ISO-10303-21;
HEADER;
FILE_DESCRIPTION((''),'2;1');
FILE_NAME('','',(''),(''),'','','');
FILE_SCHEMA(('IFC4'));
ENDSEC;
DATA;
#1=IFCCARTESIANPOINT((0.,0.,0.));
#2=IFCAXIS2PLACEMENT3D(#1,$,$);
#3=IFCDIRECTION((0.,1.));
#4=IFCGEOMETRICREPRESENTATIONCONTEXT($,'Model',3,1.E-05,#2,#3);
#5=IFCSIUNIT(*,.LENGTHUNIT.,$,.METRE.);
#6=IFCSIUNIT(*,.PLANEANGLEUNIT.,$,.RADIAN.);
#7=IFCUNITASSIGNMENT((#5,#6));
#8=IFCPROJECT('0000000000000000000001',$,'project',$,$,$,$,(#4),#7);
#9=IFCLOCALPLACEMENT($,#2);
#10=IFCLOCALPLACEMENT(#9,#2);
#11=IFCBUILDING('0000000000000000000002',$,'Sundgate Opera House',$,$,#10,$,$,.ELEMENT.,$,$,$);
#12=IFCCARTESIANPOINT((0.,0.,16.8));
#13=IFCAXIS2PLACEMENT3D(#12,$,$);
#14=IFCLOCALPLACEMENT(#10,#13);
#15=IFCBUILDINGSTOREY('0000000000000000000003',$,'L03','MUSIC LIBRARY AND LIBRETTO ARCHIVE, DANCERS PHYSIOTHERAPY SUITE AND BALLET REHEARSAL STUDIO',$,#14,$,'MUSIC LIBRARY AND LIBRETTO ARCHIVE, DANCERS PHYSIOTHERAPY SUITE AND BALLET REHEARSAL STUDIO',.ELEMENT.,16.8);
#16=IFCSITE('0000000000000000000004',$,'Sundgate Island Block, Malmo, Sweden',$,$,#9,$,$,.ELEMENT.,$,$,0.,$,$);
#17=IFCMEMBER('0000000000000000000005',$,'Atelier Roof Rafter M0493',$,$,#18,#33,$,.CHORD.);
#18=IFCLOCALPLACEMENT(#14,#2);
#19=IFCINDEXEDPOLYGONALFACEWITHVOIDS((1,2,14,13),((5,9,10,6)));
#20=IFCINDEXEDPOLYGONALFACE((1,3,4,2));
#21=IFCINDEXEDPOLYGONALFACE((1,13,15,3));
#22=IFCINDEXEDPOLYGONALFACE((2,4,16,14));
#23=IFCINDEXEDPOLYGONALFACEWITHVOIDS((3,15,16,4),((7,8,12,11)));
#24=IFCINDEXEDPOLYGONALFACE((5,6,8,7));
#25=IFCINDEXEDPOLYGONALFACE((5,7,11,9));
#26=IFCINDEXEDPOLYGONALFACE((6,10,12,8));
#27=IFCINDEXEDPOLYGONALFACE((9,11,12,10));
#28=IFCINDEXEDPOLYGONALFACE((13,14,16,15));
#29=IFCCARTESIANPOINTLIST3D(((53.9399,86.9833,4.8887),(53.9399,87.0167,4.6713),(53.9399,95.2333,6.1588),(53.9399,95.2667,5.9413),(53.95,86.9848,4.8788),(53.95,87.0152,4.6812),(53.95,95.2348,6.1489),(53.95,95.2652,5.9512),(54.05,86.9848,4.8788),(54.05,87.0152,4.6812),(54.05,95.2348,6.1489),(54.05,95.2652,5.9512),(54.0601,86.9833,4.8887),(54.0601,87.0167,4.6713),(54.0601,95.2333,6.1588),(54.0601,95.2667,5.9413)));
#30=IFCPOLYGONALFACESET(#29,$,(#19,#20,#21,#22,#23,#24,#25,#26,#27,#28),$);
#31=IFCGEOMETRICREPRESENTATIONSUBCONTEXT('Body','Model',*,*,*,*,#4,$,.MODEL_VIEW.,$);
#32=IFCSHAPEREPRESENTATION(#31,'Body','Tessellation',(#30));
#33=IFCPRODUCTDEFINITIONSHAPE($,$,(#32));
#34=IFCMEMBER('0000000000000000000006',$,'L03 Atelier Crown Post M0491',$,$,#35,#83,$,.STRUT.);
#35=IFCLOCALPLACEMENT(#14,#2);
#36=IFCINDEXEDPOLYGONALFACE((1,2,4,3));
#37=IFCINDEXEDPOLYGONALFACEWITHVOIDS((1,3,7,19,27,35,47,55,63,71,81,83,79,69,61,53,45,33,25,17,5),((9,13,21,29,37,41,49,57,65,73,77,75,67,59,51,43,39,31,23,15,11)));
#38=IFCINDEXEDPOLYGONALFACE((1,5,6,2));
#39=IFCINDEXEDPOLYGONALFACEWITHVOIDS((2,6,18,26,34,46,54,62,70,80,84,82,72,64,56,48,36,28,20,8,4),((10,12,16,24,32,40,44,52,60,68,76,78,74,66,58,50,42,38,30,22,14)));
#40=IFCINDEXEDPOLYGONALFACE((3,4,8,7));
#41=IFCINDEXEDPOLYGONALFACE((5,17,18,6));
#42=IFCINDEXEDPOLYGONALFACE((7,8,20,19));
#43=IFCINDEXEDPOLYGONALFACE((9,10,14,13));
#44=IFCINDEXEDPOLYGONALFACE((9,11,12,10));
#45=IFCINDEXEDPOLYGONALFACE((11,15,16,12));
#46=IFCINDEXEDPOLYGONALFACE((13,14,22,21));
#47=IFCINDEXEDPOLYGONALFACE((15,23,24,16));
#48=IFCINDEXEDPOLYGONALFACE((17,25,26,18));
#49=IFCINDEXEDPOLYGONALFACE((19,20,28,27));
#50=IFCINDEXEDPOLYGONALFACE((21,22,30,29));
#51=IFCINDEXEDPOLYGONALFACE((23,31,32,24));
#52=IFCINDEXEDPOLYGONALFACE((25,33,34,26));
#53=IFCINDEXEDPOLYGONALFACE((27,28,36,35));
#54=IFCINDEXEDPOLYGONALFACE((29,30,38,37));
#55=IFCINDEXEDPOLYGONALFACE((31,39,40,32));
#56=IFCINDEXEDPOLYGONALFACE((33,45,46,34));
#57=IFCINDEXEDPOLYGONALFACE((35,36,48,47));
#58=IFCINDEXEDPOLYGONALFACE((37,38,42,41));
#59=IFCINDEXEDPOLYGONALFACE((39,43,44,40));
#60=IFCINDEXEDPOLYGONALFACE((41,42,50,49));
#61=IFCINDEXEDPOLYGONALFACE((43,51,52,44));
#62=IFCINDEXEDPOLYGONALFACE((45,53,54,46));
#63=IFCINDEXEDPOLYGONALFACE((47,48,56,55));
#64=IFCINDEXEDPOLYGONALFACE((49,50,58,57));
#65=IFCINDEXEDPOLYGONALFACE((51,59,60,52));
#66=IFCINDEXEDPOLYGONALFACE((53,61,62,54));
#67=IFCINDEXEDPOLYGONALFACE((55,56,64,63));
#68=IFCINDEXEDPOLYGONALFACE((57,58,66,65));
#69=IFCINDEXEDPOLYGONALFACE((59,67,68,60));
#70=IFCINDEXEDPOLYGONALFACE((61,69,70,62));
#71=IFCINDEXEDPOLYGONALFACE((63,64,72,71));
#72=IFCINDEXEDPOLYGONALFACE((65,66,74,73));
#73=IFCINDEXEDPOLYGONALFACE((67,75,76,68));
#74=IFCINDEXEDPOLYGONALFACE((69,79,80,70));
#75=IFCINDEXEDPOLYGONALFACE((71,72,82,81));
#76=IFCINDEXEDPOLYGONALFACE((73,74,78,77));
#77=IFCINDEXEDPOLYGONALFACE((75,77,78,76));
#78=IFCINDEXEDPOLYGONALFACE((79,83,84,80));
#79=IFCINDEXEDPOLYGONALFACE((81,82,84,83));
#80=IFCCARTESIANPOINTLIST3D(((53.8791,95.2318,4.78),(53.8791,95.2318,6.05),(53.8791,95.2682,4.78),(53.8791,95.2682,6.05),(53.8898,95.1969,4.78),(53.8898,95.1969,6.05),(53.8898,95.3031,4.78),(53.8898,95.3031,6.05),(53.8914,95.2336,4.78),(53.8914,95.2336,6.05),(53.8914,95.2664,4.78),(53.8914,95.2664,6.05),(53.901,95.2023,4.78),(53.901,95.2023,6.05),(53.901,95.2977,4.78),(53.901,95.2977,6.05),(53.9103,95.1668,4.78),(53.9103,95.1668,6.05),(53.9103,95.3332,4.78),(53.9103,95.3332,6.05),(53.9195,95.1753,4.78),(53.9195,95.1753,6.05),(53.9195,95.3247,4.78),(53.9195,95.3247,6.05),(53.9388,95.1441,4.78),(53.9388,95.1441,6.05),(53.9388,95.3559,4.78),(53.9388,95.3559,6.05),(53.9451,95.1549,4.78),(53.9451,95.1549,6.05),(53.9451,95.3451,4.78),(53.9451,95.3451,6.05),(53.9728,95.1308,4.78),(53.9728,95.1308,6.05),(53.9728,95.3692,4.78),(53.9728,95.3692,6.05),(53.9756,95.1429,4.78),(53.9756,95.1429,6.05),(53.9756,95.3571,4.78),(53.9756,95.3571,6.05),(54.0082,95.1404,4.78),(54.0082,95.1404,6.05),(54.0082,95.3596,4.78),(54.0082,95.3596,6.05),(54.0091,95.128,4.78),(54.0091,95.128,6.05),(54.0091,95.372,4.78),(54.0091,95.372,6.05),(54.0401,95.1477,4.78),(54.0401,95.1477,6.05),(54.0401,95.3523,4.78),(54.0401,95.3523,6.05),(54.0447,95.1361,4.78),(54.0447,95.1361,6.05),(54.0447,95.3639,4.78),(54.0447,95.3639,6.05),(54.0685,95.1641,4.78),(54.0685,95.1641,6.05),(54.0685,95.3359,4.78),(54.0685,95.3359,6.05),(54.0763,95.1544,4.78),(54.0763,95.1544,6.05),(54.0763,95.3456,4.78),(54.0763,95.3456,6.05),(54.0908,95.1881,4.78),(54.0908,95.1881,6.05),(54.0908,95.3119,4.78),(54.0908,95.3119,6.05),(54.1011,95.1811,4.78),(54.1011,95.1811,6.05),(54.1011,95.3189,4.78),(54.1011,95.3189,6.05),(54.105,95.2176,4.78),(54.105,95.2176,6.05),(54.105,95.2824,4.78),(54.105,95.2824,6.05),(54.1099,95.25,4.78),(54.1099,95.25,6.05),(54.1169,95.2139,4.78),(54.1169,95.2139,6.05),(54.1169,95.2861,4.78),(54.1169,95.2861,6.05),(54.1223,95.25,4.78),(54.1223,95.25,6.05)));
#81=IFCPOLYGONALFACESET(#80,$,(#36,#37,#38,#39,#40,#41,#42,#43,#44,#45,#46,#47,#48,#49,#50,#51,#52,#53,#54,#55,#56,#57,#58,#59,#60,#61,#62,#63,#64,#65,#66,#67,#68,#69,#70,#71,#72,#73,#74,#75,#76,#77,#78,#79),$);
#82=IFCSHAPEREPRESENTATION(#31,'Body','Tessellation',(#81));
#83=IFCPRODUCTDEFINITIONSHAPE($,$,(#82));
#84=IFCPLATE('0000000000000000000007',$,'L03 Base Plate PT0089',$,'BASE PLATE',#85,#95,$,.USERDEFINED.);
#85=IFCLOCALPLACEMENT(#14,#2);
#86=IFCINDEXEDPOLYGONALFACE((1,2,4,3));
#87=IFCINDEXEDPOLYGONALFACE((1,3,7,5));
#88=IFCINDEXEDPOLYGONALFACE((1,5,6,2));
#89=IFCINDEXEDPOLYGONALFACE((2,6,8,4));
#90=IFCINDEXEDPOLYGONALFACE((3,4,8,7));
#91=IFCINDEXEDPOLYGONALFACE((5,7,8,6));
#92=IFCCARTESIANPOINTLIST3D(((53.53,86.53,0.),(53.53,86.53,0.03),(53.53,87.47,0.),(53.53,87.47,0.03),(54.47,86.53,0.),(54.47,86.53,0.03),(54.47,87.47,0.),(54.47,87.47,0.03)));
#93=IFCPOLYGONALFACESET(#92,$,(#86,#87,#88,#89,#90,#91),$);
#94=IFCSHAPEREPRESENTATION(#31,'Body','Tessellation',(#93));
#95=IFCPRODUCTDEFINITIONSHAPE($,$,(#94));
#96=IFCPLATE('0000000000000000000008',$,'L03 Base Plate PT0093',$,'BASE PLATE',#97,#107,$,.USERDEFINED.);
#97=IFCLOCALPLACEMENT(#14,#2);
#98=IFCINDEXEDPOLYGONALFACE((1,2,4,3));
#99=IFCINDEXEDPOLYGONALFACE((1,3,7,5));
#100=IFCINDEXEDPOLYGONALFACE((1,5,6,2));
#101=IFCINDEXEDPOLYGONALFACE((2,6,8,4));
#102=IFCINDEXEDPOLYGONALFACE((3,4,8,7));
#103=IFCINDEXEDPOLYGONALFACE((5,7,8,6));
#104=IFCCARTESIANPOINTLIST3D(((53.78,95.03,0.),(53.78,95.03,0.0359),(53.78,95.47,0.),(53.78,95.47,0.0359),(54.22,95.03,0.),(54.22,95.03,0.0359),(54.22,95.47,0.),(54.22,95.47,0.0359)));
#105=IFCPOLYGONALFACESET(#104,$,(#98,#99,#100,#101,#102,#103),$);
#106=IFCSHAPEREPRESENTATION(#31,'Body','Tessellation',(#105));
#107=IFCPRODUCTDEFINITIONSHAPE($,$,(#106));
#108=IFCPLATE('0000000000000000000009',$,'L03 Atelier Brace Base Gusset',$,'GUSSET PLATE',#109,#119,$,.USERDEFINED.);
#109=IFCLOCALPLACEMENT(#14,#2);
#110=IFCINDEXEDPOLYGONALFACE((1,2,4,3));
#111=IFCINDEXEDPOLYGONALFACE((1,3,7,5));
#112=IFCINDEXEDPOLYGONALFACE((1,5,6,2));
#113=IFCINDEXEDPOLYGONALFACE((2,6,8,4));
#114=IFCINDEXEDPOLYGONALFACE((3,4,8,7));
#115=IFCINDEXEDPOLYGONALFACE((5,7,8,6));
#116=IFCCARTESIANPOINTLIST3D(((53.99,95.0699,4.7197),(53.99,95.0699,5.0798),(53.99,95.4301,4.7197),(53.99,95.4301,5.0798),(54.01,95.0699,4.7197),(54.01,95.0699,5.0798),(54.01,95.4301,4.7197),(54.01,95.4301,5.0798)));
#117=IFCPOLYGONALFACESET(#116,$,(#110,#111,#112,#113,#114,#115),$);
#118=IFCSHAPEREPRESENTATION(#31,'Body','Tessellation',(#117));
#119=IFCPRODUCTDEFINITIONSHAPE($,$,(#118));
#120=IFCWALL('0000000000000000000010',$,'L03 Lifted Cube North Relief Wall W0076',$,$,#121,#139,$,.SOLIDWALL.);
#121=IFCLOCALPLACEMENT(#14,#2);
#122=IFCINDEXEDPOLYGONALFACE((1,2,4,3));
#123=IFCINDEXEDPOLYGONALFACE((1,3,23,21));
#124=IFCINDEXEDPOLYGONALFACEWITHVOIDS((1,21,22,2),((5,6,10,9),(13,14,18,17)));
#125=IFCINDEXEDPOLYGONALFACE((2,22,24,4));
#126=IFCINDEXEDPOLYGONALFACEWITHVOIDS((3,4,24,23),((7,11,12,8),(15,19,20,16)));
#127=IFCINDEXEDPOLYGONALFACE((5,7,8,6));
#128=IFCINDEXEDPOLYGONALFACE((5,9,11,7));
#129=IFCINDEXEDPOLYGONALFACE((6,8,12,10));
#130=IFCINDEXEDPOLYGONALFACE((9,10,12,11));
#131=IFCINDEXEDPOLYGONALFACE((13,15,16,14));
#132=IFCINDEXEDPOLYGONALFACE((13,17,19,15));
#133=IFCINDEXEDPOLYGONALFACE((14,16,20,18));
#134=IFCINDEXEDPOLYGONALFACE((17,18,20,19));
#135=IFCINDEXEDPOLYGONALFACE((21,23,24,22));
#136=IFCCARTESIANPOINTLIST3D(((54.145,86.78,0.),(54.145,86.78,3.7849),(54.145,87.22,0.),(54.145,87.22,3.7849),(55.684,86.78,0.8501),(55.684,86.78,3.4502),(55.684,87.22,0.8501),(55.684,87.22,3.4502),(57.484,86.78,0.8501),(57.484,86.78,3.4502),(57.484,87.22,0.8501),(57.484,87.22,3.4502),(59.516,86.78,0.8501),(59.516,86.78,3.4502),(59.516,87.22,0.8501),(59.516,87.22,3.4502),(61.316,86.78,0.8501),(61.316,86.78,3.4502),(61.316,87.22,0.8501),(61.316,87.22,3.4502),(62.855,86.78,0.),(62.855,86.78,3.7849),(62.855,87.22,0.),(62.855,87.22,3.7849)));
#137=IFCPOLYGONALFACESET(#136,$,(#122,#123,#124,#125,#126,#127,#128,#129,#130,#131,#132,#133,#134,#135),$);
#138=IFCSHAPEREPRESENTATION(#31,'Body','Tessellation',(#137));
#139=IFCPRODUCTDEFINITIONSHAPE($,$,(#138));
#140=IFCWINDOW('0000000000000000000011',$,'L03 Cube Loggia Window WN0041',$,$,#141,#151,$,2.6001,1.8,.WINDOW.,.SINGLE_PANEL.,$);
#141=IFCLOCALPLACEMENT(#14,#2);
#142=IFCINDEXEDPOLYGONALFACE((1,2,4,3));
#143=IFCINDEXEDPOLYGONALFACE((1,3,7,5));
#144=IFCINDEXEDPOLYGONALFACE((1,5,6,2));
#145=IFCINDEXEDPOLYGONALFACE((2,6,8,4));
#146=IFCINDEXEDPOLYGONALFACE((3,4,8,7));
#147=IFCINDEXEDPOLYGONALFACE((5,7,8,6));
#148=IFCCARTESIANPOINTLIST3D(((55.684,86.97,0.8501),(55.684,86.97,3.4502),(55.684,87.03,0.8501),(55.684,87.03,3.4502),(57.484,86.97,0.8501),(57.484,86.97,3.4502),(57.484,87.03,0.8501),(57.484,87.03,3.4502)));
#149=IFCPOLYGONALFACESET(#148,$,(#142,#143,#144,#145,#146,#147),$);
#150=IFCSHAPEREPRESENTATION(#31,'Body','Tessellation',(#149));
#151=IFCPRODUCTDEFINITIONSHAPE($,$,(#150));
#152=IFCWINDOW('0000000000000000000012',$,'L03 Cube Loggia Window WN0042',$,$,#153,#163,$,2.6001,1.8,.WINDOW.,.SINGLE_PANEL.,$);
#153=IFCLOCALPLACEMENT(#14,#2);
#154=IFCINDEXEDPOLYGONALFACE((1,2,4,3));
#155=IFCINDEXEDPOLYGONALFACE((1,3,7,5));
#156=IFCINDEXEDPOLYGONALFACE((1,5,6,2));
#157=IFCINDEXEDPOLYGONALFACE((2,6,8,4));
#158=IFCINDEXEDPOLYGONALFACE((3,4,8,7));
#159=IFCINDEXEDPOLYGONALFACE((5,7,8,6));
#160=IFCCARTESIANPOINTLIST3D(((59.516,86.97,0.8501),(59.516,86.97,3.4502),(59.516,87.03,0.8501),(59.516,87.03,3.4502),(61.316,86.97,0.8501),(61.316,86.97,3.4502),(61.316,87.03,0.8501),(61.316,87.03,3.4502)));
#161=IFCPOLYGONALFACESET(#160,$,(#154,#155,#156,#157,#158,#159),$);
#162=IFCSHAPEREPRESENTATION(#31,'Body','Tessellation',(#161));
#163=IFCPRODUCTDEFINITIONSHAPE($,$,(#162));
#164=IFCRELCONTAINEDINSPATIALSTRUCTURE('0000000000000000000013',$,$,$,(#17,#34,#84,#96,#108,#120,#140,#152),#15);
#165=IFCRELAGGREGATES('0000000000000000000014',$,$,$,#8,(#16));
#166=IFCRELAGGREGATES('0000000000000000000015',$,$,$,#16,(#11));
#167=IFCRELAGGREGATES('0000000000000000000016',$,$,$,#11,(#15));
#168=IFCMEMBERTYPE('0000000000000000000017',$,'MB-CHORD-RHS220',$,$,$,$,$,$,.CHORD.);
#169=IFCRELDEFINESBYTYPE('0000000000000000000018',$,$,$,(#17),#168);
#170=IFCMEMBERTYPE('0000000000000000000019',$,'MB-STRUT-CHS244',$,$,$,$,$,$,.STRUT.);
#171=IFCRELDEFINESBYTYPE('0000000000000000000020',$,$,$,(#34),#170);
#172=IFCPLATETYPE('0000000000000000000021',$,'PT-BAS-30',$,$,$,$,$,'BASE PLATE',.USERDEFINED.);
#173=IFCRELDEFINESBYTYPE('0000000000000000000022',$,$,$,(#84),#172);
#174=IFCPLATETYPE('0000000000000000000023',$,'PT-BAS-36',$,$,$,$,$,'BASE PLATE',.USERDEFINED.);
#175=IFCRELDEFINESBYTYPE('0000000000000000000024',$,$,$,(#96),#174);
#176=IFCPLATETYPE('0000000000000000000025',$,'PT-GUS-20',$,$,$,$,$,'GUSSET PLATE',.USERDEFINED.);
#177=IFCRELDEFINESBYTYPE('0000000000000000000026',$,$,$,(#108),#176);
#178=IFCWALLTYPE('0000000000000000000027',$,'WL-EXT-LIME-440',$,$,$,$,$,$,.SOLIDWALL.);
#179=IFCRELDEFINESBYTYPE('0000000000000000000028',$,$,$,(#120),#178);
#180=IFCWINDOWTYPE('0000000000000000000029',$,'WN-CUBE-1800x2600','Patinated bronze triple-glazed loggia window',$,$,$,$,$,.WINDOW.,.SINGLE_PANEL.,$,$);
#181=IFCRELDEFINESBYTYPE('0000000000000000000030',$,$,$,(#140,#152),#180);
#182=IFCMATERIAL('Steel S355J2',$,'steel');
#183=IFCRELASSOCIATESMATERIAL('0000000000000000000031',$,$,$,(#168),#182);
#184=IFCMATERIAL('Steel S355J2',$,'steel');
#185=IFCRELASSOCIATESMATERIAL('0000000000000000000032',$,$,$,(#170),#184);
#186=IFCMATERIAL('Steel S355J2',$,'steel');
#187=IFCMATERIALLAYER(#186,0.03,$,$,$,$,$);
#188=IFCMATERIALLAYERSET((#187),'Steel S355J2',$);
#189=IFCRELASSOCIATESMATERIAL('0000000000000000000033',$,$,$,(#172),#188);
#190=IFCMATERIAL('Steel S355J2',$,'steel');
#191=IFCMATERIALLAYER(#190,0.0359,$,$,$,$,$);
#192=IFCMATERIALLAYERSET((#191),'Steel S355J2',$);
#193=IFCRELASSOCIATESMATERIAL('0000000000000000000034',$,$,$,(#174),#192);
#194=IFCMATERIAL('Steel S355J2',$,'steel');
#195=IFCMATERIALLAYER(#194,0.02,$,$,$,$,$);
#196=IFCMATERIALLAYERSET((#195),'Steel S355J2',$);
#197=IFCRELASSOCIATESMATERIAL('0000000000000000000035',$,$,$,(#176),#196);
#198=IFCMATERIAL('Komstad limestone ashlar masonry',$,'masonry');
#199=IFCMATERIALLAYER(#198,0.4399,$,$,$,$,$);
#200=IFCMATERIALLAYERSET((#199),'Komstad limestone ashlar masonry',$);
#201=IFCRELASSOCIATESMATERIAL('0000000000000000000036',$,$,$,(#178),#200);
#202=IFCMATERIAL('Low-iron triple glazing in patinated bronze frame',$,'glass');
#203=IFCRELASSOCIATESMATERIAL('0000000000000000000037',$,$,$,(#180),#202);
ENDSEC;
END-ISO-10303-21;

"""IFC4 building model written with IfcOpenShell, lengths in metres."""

from ifc_helpers import new_model, si_unit, direction, frame, frame_2d, origin, origin_2d, place, context, subcontext, project, spatial, rectangle, hollow_rectangle, hollow_circle, extrude, material, layer, layer_set, material_profile, profile_set, type_object, element, fill, save


model = new_model("IFC4")

# Units and contexts
model_context = context("Model", 3, precision=1e-05, world=origin(), true_north=direction((0.0, 1.0)))
body_context = subcontext(model_context, "Body", "Model", "MODEL_VIEW")
ifc_project = project(units=[si_unit("LENGTHUNIT", "METRE"), si_unit("PLANEANGLEUNIT", "RADIAN")], contexts=[model_context])

# Site, building, storey
site_placement = place(None, origin())
site = spatial("IfcSite", under=ifc_project, at=site_placement, Name="Sundgate Island Block, Malmo, Sweden", CompositionType="ELEMENT", RefElevation=0.0)
building_placement = place(site_placement, origin())
building = spatial("IfcBuilding", under=site, at=building_placement, Name="Sundgate Opera House", CompositionType="ELEMENT")
storey_placement = place(building_placement, frame((0.0, 0.0, 16.8)))
storey = spatial("IfcBuildingStorey", under=building, at=storey_placement, Name="L03", Description="MUSIC LIBRARY AND LIBRETTO ARCHIVE, DANCERS PHYSIOTHERAPY SUITE AND BALLET REHEARSAL STUDIO", LongName="MUSIC LIBRARY AND LIBRETTO ARCHIVE, DANCERS PHYSIOTHERAPY SUITE AND BALLET REHEARSAL STUDIO", CompositionType="ELEMENT", Elevation=16.8)

# Members
ifc_material_1 = material(Name="Steel S355J2", Category="steel")
ifc_material_profile_1 = material_profile(ifc_material_1, hollow_rectangle(XDim=0.1201, YDim=0.22, WallThickness=0.01, at=origin_2d()), Name="RHS 220x120x10.0")
ifc_profile_set_1 = profile_set([ifc_material_profile_1], Name="Steel S355J2")
member_type_1 = type_object("IfcMemberType", Name="MB-CHORD-RHS220", PredefinedType="CHORD", material=ifc_profile_set_1)
member_1_placement = place(storey_placement, frame((54.0, 87.0, 4.78), z_axis=(0.0, 0.988357, 0.152149), x_axis=(-1.0, 0.0, 0.0)))
element("IfcMember", 1, at=member_1_placement, inside=storey, type_object=member_type_1, Name="Atelier Roof Rafter M0493", PredefinedType="CHORD", context=body_context, shape_type="SweptSolid", body=[
    extrude(hollow_rectangle(XDim=0.1201, YDim=0.22, WallThickness=0.01, at=origin_2d()), origin(), (0.0, 0.0, 1.0), 8.3472),
])
ifc_material_2 = material(Name="Steel S355J2", Category="steel")
ifc_material_profile_2 = material_profile(ifc_material_2, hollow_circle(Radius=0.1223, WallThickness=0.0125, at=origin_2d()), Name="CHS 244.5x12.5")
ifc_profile_set_2 = profile_set([ifc_material_profile_2], Name="Steel S355J2")
member_type_2 = type_object("IfcMemberType", Name="MB-STRUT-CHS244", PredefinedType="STRUT", material=ifc_profile_set_2)
member_2_placement = place(storey_placement, frame((54.0, 95.25, 4.78), z_axis=(0.0, 0.0, 1.0), x_axis=(1.0, 0.0, 0.0)))
element("IfcMember", 2, at=member_2_placement, inside=storey, type_object=member_type_2, Name="L03 Atelier Crown Post M0491", PredefinedType="STRUT", context=body_context, shape_type="SweptSolid", body=[
    extrude(hollow_circle(Radius=0.1223, WallThickness=0.0125, at=origin_2d()), origin(), (0.0, 0.0, 1.0), 1.27),
])

# Plates
ifc_material_3 = material(Name="Steel S355J2", Category="steel")
ifc_layer_1 = layer(ifc_material_3, 0.03)
ifc_layer_set_1 = layer_set([ifc_layer_1], Name="Steel S355J2")
plate_type_1 = type_object("IfcPlateType", Name="PT-BAS-30", ElementType="BASE PLATE", PredefinedType="USERDEFINED", material=ifc_layer_set_1)
plate_1_placement = place(storey_placement, frame((54.0, 87.0, 0.0), z_axis=(0.0, 0.0, 1.0), x_axis=(1.0, 0.0, 0.0)))
element("IfcPlate", 3, at=plate_1_placement, inside=storey, type_object=plate_type_1, Name="L03 Base Plate PT0089", ObjectType="BASE PLATE", PredefinedType="USERDEFINED", context=body_context, shape_type="SweptSolid", body=[
    extrude(rectangle(XDim=0.9399, YDim=0.9399, at=origin_2d()), origin(), (0.0, 0.0, 1.0), 0.03),
])
ifc_material_4 = material(Name="Steel S355J2", Category="steel")
ifc_layer_2 = layer(ifc_material_4, 0.0359)
ifc_layer_set_2 = layer_set([ifc_layer_2], Name="Steel S355J2")
plate_type_2 = type_object("IfcPlateType", Name="PT-BAS-36", ElementType="BASE PLATE", PredefinedType="USERDEFINED", material=ifc_layer_set_2)
plate_2_placement = place(storey_placement, frame((54.0, 95.25, 0.0), z_axis=(0.0, 0.0, 1.0), x_axis=(1.0, 0.0, 0.0)))
element("IfcPlate", 4, at=plate_2_placement, inside=storey, type_object=plate_type_2, Name="L03 Base Plate PT0093", ObjectType="BASE PLATE", PredefinedType="USERDEFINED", context=body_context, shape_type="SweptSolid", body=[
    extrude(rectangle(XDim=0.4399, YDim=0.4399, at=origin_2d()), origin(), (0.0, 0.0, 1.0), 0.0359),
])
ifc_material_5 = material(Name="Steel S355J2", Category="steel")
ifc_layer_3 = layer(ifc_material_5, 0.02)
ifc_layer_set_3 = layer_set([ifc_layer_3], Name="Steel S355J2")
plate_type_3 = type_object("IfcPlateType", Name="PT-GUS-20", ElementType="GUSSET PLATE", PredefinedType="USERDEFINED", material=ifc_layer_set_3)
plate_3_placement = place(storey_placement, frame((54.0, 95.25, 4.7197), z_axis=(0.0, 0.0, 1.0), x_axis=(1.0, 0.0, 0.0)))
element("IfcPlate", 5, at=plate_3_placement, inside=storey, type_object=plate_type_3, Name="L03 Atelier Brace Base Gusset", ObjectType="GUSSET PLATE", PredefinedType="USERDEFINED", context=body_context, shape_type="SweptSolid", body=[
    extrude(rectangle(XDim=0.02, YDim=0.3601, at=origin_2d()), origin(), (0.0, 0.0, 1.0), 0.3601),
])

# Wall, openings, windows
ifc_material_6 = material(Name="Komstad limestone ashlar masonry", Category="masonry")
ifc_layer_4 = layer(ifc_material_6, 0.4399)
ifc_layer_set_4 = layer_set([ifc_layer_4], Name="Komstad limestone ashlar masonry")
wall_type_1 = type_object("IfcWallType", Name="WL-EXT-LIME-440", PredefinedType="SOLIDWALL", material=ifc_layer_set_4)
wall_1_placement = place(storey_placement, frame((54.145, 87.0, 0.0), z_axis=(0.0, 0.0, 1.0), x_axis=(1.0, 0.0, 0.0)))
wall_1 = element("IfcWall", 6, at=wall_1_placement, inside=storey, type_object=wall_type_1, Name="L03 Lifted Cube North Relief Wall W0076", PredefinedType="SOLIDWALL", context=body_context, shape_type="SweptSolid", body=[
    extrude(rectangle(XDim=8.71, YDim=0.4399, at=frame_2d((4.355, 0.0))), origin(), (0.0, 0.0, 1.0), 3.7849),
])
opening_1_placement = place(wall_1_placement, frame((1.5391, 0.0, 0.8501)))
opening_1 = element("IfcOpeningElement", 7, at=opening_1_placement, cuts=wall_1, PredefinedType="OPENING", context=body_context, shape_type="SweptSolid", body=[
    extrude(rectangle(XDim=1.8, YDim=2.6001, at=frame_2d((0.8999, 1.3))), frame((0.0, 0.23, 0.0), z_axis=(0.0, -1.0, 0.0), x_axis=(1.0, 0.0, 0.0)), (0.0, 0.0, 1.0), 0.46),
])
opening_2_placement = place(wall_1_placement, frame((5.3711, 0.0, 0.8501)))
opening_2 = element("IfcOpeningElement", 8, at=opening_2_placement, cuts=wall_1, PredefinedType="OPENING", context=body_context, shape_type="SweptSolid", body=[
    extrude(rectangle(XDim=1.8, YDim=2.6001, at=frame_2d((0.8999, 1.3))), frame((0.0, 0.23, 0.0), z_axis=(0.0, -1.0, 0.0), x_axis=(1.0, 0.0, 0.0)), (0.0, 0.0, 1.0), 0.46),
])
ifc_material_7 = material(Name="Low-iron triple glazing in patinated bronze frame", Category="glass")
window_type = type_object("IfcWindowType", Name="WN-CUBE-1800x2600", Description="Patinated bronze triple-glazed loggia window", PartitioningType="SINGLE_PANEL", PredefinedType="WINDOW", material=ifc_material_7)
window_1_placement = place(opening_1_placement, origin())
window_1 = element("IfcWindow", 9, at=window_1_placement, inside=storey, type_object=window_type, Name="L03 Cube Loggia Window WN0041", OverallHeight=2.6001, OverallWidth=1.8, PartitioningType="SINGLE_PANEL", PredefinedType="WINDOW", context=body_context, shape_type="SweptSolid", body=[
    extrude(rectangle(XDim=1.8, YDim=2.6001, at=frame_2d((0.8999, 1.3))), frame((0.0, 0.03, 0.0), z_axis=(0.0, -1.0, 0.0), x_axis=(1.0, 0.0, 0.0)), (0.0, 0.0, 1.0), 0.0601),
])
fill(opening_1, window_1)
window_2_placement = place(opening_2_placement, origin())
window_2 = element("IfcWindow", 10, at=window_2_placement, inside=storey, type_object=window_type, Name="L03 Cube Loggia Window WN0042", OverallHeight=2.6001, OverallWidth=1.8, PartitioningType="SINGLE_PANEL", PredefinedType="WINDOW", context=body_context, shape_type="SweptSolid", body=[
    extrude(rectangle(XDim=1.8, YDim=2.6001, at=frame_2d((0.8999, 1.3))), frame((0.0, 0.03, 0.0), z_axis=(0.0, -1.0, 0.0), x_axis=(1.0, 0.0, 0.0)), (0.0, 0.0, 1.0), 0.0601),
])
fill(opening_2, window_2)

save(model, "model.ifc")
